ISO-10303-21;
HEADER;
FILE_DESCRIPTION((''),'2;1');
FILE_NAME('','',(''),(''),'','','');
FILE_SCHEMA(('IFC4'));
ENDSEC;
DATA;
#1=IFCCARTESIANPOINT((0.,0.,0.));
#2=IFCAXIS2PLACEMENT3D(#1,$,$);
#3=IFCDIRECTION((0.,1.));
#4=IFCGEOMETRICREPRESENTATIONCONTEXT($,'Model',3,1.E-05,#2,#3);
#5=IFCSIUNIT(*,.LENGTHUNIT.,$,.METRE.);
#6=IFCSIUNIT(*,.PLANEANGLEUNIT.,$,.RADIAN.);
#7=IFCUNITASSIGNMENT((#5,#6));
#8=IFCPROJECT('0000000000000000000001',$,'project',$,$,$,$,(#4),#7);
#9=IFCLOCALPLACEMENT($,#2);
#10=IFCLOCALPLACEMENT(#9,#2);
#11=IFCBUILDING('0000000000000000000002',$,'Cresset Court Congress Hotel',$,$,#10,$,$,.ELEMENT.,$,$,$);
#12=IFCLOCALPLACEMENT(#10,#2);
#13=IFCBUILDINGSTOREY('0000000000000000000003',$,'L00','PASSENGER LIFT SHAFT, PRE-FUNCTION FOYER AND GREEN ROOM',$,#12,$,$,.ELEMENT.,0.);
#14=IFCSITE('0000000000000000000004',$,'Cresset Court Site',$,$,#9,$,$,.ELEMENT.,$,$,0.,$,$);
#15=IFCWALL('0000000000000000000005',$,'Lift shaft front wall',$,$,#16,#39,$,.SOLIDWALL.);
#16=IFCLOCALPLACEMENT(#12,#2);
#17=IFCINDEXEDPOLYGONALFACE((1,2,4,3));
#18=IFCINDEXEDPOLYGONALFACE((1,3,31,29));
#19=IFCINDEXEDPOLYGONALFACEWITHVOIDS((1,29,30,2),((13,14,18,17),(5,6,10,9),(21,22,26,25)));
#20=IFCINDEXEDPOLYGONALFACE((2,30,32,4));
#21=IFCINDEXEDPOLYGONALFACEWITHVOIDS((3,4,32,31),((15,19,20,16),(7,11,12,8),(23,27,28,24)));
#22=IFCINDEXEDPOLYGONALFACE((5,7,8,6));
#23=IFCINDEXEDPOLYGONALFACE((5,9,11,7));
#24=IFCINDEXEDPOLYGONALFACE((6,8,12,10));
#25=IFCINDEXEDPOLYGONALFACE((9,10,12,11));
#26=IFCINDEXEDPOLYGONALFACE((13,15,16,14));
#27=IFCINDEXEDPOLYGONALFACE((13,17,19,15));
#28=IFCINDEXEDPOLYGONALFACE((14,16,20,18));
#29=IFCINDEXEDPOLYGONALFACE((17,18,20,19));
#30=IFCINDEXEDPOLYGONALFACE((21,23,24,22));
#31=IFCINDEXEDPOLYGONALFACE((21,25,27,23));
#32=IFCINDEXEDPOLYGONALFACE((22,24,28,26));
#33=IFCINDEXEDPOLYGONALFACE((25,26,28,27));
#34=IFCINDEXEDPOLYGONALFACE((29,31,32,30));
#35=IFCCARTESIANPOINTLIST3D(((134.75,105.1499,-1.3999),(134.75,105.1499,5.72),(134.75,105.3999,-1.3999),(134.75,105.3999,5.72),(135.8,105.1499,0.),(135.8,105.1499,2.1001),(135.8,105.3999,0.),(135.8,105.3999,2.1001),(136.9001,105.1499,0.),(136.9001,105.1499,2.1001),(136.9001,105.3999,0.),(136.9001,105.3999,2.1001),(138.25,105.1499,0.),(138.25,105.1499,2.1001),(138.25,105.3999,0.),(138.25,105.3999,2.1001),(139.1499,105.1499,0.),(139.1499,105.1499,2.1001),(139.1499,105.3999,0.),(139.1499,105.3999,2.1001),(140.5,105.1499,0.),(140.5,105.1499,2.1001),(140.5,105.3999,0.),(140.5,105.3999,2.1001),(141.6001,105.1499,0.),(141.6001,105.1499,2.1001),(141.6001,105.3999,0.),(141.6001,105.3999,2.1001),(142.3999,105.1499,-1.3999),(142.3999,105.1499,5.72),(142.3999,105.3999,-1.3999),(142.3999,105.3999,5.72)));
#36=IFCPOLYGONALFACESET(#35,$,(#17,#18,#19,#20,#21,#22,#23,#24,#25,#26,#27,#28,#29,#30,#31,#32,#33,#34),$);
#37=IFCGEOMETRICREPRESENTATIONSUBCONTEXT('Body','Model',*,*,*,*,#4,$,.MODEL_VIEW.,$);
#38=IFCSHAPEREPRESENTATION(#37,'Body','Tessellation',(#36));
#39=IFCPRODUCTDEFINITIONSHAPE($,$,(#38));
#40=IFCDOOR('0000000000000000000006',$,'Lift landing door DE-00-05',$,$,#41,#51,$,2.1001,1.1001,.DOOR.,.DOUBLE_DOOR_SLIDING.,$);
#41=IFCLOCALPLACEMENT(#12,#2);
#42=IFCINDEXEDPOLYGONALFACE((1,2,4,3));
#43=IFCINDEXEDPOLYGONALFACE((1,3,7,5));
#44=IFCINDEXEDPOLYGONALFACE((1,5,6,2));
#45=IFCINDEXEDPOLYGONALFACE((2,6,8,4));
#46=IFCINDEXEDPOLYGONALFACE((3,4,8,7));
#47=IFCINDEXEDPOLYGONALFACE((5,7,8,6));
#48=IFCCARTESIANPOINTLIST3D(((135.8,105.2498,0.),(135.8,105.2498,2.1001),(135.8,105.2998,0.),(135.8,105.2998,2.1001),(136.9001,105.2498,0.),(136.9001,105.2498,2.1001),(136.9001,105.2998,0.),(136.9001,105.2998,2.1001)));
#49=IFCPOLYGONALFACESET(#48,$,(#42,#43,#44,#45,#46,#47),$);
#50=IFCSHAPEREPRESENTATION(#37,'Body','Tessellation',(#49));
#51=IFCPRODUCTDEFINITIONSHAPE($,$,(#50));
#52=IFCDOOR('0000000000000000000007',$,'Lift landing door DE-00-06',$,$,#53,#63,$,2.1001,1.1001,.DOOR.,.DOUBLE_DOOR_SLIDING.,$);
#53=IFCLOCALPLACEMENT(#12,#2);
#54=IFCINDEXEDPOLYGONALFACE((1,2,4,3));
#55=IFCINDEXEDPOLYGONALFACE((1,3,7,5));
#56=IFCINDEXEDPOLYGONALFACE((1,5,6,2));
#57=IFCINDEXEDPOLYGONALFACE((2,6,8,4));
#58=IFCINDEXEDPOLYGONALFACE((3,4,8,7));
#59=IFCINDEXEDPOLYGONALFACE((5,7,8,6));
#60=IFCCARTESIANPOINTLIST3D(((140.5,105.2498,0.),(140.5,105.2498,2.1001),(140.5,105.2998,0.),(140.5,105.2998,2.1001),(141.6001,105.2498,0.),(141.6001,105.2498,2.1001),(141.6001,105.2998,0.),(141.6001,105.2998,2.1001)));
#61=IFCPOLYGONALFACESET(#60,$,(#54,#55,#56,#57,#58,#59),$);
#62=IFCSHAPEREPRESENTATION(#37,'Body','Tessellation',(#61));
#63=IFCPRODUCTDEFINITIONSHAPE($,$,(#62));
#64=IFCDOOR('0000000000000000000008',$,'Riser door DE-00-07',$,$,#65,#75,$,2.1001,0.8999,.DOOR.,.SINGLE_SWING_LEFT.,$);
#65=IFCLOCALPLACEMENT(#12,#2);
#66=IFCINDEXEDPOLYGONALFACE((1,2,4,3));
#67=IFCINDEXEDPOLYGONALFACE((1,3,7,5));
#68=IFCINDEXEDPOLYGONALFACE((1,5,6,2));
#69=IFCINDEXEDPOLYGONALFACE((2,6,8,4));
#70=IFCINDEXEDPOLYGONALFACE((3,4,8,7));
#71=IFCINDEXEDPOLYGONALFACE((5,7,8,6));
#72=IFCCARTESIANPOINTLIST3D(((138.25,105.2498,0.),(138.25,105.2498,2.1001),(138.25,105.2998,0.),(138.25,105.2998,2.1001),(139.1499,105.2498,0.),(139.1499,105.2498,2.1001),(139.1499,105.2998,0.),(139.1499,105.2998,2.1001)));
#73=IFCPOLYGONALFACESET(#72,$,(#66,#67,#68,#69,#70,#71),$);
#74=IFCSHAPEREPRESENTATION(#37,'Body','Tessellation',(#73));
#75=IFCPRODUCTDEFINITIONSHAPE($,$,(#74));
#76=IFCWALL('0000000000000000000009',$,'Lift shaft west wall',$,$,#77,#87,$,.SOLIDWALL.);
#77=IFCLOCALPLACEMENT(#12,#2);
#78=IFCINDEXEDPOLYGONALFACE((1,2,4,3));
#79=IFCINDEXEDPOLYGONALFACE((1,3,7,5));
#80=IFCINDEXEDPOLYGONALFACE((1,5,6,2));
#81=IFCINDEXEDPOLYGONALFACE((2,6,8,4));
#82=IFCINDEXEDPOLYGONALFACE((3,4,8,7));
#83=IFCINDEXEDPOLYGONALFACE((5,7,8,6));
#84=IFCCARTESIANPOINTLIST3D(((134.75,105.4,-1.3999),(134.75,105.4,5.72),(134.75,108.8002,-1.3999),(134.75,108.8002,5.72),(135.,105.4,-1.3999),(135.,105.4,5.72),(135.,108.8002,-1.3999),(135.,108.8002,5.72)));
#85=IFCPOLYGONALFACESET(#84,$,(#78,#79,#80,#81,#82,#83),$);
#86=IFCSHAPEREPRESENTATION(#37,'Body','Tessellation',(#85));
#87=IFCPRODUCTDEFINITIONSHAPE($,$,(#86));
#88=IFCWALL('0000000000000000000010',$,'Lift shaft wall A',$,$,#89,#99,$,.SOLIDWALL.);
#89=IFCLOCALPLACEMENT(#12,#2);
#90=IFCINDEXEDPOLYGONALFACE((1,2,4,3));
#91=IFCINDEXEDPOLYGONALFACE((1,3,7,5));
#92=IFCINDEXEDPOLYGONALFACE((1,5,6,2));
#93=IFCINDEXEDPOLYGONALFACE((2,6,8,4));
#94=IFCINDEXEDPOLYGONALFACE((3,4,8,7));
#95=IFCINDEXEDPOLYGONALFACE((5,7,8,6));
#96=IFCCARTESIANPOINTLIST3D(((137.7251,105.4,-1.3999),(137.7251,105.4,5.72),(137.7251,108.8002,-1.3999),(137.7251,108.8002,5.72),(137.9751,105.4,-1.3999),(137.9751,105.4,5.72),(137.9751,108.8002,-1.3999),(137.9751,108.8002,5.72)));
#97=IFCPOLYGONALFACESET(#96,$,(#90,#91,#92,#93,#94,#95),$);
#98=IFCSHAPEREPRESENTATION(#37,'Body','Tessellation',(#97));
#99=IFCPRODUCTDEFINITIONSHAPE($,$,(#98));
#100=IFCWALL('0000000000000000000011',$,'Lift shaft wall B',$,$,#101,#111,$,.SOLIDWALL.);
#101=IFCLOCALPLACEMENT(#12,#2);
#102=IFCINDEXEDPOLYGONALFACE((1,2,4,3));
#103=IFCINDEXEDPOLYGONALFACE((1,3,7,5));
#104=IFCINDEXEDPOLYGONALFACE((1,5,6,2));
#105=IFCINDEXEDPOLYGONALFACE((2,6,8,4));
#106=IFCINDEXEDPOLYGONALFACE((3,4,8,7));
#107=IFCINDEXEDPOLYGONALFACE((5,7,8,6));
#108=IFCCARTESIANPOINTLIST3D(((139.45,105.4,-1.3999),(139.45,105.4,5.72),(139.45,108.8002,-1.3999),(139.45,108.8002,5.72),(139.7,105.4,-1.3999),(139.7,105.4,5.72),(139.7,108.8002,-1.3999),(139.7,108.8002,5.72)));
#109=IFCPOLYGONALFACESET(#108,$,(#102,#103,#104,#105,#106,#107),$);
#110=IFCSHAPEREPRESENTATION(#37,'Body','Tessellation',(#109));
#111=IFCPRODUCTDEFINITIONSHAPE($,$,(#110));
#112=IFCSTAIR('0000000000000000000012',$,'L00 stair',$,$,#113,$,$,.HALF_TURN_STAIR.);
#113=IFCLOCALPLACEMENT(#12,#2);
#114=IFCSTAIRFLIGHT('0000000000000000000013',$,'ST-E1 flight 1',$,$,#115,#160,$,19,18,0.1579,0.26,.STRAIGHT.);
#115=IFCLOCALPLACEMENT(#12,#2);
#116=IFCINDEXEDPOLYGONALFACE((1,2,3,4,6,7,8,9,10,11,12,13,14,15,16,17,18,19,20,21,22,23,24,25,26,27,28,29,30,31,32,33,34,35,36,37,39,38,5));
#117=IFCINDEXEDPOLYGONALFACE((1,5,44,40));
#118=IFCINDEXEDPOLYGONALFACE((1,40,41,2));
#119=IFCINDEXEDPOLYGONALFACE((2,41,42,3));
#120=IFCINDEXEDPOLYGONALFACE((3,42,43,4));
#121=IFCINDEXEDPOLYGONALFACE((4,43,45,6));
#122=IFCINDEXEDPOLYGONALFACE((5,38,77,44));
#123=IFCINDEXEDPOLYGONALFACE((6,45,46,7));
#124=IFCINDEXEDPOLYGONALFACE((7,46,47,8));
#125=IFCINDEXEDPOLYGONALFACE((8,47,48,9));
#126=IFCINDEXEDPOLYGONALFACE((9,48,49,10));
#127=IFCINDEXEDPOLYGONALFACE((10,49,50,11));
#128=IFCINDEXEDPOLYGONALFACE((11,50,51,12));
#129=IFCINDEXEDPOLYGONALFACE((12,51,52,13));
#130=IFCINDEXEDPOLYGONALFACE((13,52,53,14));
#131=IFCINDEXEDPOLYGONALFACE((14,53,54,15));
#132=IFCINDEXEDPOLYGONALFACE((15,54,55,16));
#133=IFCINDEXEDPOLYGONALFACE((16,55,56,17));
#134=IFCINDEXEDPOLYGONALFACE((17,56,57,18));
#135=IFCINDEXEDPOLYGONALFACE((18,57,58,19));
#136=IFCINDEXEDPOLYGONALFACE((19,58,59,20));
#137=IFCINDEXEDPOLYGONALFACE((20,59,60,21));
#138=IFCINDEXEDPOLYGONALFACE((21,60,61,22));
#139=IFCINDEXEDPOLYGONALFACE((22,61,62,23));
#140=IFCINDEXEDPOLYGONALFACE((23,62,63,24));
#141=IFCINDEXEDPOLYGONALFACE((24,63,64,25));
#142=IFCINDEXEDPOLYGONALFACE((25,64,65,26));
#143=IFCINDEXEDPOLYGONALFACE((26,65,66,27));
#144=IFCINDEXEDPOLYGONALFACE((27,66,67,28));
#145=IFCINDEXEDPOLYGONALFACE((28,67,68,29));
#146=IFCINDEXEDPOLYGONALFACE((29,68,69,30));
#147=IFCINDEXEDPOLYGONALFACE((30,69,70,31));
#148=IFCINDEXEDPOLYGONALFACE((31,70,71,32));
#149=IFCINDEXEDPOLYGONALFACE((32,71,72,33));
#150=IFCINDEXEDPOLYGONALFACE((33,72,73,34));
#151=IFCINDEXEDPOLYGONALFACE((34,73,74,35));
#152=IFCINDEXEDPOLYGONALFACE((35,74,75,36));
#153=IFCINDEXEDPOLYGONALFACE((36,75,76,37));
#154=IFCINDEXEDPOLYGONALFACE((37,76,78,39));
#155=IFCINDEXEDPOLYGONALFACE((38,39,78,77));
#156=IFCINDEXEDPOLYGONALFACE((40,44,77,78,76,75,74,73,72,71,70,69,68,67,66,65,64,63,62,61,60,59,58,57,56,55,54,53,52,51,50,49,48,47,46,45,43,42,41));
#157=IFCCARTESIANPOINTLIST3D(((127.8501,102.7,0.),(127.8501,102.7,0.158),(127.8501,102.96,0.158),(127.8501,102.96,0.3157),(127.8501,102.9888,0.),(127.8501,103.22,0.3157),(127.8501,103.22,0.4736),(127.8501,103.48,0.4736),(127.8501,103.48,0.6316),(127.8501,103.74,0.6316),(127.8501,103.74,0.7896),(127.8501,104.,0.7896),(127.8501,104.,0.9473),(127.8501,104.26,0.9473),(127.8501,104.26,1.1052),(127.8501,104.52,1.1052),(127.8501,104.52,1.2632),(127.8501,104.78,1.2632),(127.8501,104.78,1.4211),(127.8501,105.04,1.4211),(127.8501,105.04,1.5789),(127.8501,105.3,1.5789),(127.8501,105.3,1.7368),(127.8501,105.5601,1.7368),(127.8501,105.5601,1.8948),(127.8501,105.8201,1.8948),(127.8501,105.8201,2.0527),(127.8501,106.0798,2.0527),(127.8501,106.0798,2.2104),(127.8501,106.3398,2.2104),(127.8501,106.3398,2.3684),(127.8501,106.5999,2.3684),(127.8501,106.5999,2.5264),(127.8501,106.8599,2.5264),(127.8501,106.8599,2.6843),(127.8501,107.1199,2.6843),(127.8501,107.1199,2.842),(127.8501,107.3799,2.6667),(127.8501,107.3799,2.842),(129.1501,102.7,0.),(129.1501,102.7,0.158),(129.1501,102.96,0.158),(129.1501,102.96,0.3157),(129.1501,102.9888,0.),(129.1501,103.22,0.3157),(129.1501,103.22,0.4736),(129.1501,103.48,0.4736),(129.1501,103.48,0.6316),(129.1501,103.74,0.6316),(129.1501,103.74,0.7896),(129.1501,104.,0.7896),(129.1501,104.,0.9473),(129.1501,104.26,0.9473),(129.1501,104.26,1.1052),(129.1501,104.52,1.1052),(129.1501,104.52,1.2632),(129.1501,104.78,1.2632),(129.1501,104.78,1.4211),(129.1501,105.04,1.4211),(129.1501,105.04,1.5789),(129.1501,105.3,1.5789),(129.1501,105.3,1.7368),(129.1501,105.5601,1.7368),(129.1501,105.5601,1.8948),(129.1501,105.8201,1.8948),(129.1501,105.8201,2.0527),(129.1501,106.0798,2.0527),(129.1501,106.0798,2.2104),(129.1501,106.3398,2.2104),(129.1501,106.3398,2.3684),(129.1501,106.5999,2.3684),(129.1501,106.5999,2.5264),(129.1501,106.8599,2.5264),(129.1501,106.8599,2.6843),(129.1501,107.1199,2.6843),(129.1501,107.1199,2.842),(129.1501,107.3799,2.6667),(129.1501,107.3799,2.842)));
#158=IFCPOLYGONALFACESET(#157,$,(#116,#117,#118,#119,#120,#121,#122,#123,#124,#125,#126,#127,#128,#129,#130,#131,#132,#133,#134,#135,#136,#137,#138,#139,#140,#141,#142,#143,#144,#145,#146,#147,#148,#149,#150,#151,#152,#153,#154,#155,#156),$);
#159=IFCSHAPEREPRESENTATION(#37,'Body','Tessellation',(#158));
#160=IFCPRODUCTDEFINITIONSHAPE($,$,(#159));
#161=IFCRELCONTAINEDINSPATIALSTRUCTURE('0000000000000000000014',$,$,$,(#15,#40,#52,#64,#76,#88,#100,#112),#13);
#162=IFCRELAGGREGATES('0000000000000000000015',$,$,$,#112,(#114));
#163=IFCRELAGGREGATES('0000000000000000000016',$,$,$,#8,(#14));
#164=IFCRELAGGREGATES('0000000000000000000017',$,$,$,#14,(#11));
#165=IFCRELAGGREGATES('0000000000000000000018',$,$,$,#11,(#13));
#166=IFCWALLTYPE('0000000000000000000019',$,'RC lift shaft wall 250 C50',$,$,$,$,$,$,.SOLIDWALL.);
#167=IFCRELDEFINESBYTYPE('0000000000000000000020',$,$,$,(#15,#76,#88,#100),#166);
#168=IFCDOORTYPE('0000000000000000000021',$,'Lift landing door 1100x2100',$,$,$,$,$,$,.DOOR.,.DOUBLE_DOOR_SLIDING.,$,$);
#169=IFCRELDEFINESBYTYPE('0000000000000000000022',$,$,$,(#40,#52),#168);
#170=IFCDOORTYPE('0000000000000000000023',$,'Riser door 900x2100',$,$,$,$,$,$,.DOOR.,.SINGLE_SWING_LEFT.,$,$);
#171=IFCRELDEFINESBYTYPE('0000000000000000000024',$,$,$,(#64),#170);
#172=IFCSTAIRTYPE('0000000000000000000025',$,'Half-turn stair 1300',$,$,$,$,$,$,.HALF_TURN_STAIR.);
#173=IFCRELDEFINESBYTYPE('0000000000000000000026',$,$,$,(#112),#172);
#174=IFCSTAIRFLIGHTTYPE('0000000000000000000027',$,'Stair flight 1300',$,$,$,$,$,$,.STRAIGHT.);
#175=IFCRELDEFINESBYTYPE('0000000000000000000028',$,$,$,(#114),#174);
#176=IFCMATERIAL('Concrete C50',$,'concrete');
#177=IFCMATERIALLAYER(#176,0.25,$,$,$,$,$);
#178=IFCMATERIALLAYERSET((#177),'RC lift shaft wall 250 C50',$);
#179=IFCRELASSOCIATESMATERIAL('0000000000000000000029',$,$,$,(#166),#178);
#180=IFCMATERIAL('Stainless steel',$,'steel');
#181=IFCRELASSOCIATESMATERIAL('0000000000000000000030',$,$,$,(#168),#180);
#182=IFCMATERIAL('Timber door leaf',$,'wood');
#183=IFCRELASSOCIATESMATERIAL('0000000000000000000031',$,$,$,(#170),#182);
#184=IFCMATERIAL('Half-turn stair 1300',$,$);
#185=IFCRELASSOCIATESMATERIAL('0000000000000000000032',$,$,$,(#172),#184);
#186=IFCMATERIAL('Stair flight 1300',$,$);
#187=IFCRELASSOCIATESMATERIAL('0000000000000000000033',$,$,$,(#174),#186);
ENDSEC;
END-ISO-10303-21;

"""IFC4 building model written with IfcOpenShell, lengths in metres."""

from ifc_helpers import new_model, si_unit, direction, frame, frame_2d, origin, place, context, subcontext, project, spatial, polyline, rectangle, outline, extrude, material, layer, layer_set, type_object, element, fill, aggregate, save


model = new_model("IFC4")

# Units and contexts
model_context = context("Model", 3, precision=1e-05, world=origin(), true_north=direction((0.0, 1.0)))
body_context = subcontext(model_context, "Body", "Model", "MODEL_VIEW")
ifc_project = project(units=[si_unit("LENGTHUNIT", "METRE"), si_unit("PLANEANGLEUNIT", "RADIAN")], contexts=[model_context])

# Site, building, storey
site_placement = place(None, origin())
site = spatial("IfcSite", under=ifc_project, at=site_placement, Name="Cresset Court Site", CompositionType="ELEMENT", RefElevation=0.0)
building_placement = place(site_placement, origin())
building = spatial("IfcBuilding", under=site, at=building_placement, Name="Cresset Court Congress Hotel", CompositionType="ELEMENT")
storey_placement = place(building_placement, origin())
storey = spatial("IfcBuildingStorey", under=building, at=storey_placement, Name="L00", Description="PASSENGER LIFT SHAFT, PRE-FUNCTION FOYER AND GREEN ROOM", CompositionType="ELEMENT", Elevation=0.0)

# Wall, openings, doors
ifc_material_1 = material(Name="Concrete C50", Category="concrete")
ifc_layer_1 = layer(ifc_material_1, 0.25)
ifc_layer_set_1 = layer_set([ifc_layer_1], Name="RC lift shaft wall 250 C50")
wall_type_1 = type_object("IfcWallType", Name="RC lift shaft wall 250 C50", PredefinedType="SOLIDWALL", material=ifc_layer_set_1)
wall_1_placement = place(storey_placement, frame((134.75, 105.2749, -1.3999), z_axis=(0.0, 0.0, 1.0), x_axis=(1.0, 0.0, 0.0)))
wall_1 = element("IfcWall", 1, at=wall_1_placement, inside=storey, type_object=wall_type_1, Name="Lift shaft front wall", PredefinedType="SOLIDWALL", context=body_context, shape_type="SweptSolid", body=[
    extrude(rectangle(XDim=7.6499, YDim=0.25, at=frame_2d((3.825, 0.0))), origin(), (0.0, 0.0, 1.0), 7.1199),
])
opening_1_placement = place(wall_1_placement, frame((1.05, 0.0, 1.3999)))
opening_1 = element("IfcOpeningElement", 2, at=opening_1_placement, cuts=wall_1, PredefinedType="OPENING", context=body_context, shape_type="SweptSolid", body=[
    extrude(rectangle(XDim=1.1001, YDim=2.1001, at=frame_2d((0.55, 1.05))), frame((0.0, 0.135, 0.0), z_axis=(0.0, -1.0, 0.0), x_axis=(1.0, 0.0, 0.0)), (0.0, 0.0, 1.0), 0.27),
])
opening_2_placement = place(wall_1_placement, frame((5.75, 0.0, 1.3999)))
opening_2 = element("IfcOpeningElement", 3, at=opening_2_placement, cuts=wall_1, PredefinedType="OPENING", context=body_context, shape_type="SweptSolid", body=[
    extrude(rectangle(XDim=1.1001, YDim=2.1001, at=frame_2d((0.55, 1.05))), frame((0.0, 0.135, 0.0), z_axis=(0.0, -1.0, 0.0), x_axis=(1.0, 0.0, 0.0)), (0.0, 0.0, 1.0), 0.27),
])
opening_3_placement = place(wall_1_placement, frame((3.5, 0.0, 1.3999)))
opening_3 = element("IfcOpeningElement", 4, at=opening_3_placement, cuts=wall_1, PredefinedType="OPENING", context=body_context, shape_type="SweptSolid", body=[
    extrude(rectangle(XDim=0.8999, YDim=2.1001, at=frame_2d((0.45, 1.05))), frame((0.0, 0.135, 0.0), z_axis=(0.0, -1.0, 0.0), x_axis=(1.0, 0.0, 0.0)), (0.0, 0.0, 1.0), 0.27),
])
ifc_material_2 = material(Name="Stainless steel", Category="steel")
door_type_1 = type_object("IfcDoorType", Name="Lift landing door 1100x2100", OperationType="DOUBLE_DOOR_SLIDING", PredefinedType="DOOR", material=ifc_material_2)
door_1_placement = place(opening_1_placement, origin())
door_1 = element("IfcDoor", 5, at=door_1_placement, inside=storey, type_object=door_type_1, Name="Lift landing door DE-00-05", OperationType="DOUBLE_DOOR_SLIDING", OverallHeight=2.1001, OverallWidth=1.1001, PredefinedType="DOOR", context=body_context, shape_type="SweptSolid", body=[
    extrude(rectangle(XDim=1.1001, YDim=2.1001, at=frame_2d((0.55, 1.05))), frame((0.0, 0.0249, 0.0), z_axis=(0.0, -1.0, 0.0), x_axis=(1.0, 0.0, 0.0)), (0.0, 0.0, 1.0), 0.05),
])
fill(opening_1, door_1)
door_2_placement = place(opening_2_placement, origin())
door_2 = element("IfcDoor", 6, at=door_2_placement, inside=storey, type_object=door_type_1, Name="Lift landing door DE-00-06", OperationType="DOUBLE_DOOR_SLIDING", OverallHeight=2.1001, OverallWidth=1.1001, PredefinedType="DOOR", context=body_context, shape_type="SweptSolid", body=[
    extrude(rectangle(XDim=1.1001, YDim=2.1001, at=frame_2d((0.55, 1.05))), frame((0.0, 0.0249, 0.0), z_axis=(0.0, -1.0, 0.0), x_axis=(1.0, 0.0, 0.0)), (0.0, 0.0, 1.0), 0.05),
])
fill(opening_2, door_2)
ifc_material_3 = material(Name="Timber door leaf", Category="wood")
door_type_2 = type_object("IfcDoorType", Name="Riser door 900x2100", OperationType="SINGLE_SWING_LEFT", PredefinedType="DOOR", material=ifc_material_3)
door_3_placement = place(opening_3_placement, origin())
door_3 = element("IfcDoor", 7, at=door_3_placement, inside=storey, type_object=door_type_2, Name="Riser door DE-00-07", OperationType="SINGLE_SWING_LEFT", OverallHeight=2.1001, OverallWidth=0.8999, PredefinedType="DOOR", context=body_context, shape_type="SweptSolid", body=[
    extrude(rectangle(XDim=0.8999, YDim=2.1001, at=frame_2d((0.45, 1.05))), frame((0.0, 0.0249, 0.0), z_axis=(0.0, -1.0, 0.0), x_axis=(1.0, 0.0, 0.0)), (0.0, 0.0, 1.0), 0.05),
])
fill(opening_3, door_3)

# Walls
for number, where, z_axis, x_axis, name in (
    (8, (134.875, 105.3999, -1.3999), (0.0, 0.0, 1.0), (0.0, 1.0, 0.0), "Lift shaft west wall"),
    (9, (137.8501, 105.3999, -1.3999), (0.0, 0.0, 1.0), (0.0, 1.0, 0.0), "Lift shaft wall A"),
    (10, (139.575, 105.3999, -1.3999), (0.0, 0.0, 1.0), (0.0, 1.0, 0.0), "Lift shaft wall B"),
):
    element("IfcWall", number, at=place(storey_placement, frame(where, z_axis=z_axis, x_axis=x_axis)), inside=storey, type_object=wall_type_1, Name=name, PredefinedType="SOLIDWALL", context=body_context, shape_type="SweptSolid", body=[
        extrude(rectangle(XDim=3.4001, YDim=0.25, at=frame_2d((1.7002, 0.0))), origin(), (0.0, 0.0, 1.0), 7.1199),
    ])

# Stair, stair flight
ifc_material_4 = material(Name="Half-turn stair 1300")
stair_type = type_object("IfcStairType", Name="Half-turn stair 1300", PredefinedType="HALF_TURN_STAIR", material=ifc_material_4)
stair_placement = place(storey_placement, origin())
stair = element("IfcStair", 11, at=stair_placement, inside=storey, type_object=stair_type, Name="L00 stair", PredefinedType="HALF_TURN_STAIR")
ifc_material_5 = material(Name="Stair flight 1300")
stair_flight_type = type_object("IfcStairFlightType", Name="Stair flight 1300", PredefinedType="STRAIGHT", material=ifc_material_5)
stair_flight_placement = place(storey_placement, frame((128.5, 102.7, 0.0), z_axis=(0.0, 0.0, 1.0), x_axis=(0.0, 1.0, 0.0)))
stair_flight = element("IfcStairFlight", 12, at=stair_flight_placement, type_object=stair_flight_type, Name="ST-E1 flight 1", NumberOfRisers=19, NumberOfTreads=18, PredefinedType="STRAIGHT", RiserHeight=0.1579, TreadLength=0.26, context=body_context, shape_type="SweptSolid", body=[
    extrude(outline(polyline([(0.0, 0.0), (0.0, 0.158), (0.26, 0.158), (0.26, 0.3157), (0.52, 0.3157), (0.52, 0.4736), (0.78, 0.4736), (0.78, 0.6316), (1.04, 0.6316), (1.04, 0.7896), (1.3, 0.7896), (1.3, 0.9473), (1.5601, 0.9473), (1.5601, 1.1052), (1.8201, 1.1052), (1.8201, 1.2632), (2.0801, 1.2632), (2.0801, 1.4211), (2.3401, 1.4211), (2.3401, 1.5789), (2.6001, 1.5789), (2.6001, 1.7368), (2.8601, 1.7368), (2.8601, 1.8948), (3.1201, 1.8948), (3.1201, 2.0527), (3.3799, 2.0527), (3.3799, 2.2104), (3.6399, 2.2104), (3.6399, 2.3684), (3.8999, 2.3684), (3.8999, 2.5264), (4.1599, 2.5264), (4.1599, 2.6843), (4.4199, 2.6843), (4.4199, 2.842), (4.6799, 2.842), (4.6799, 3.0), (4.6799, 2.6667), (0.2888, 0.0), (0.0, 0.0)])), frame((0.0, 0.6499, 0.0), z_axis=(0.0, -1.0, 0.0), x_axis=(1.0, 0.0, 0.0)), (0.0, 0.0, 1.0), 1.3),
])
aggregate(stair, [stair_flight])

save(model, "model.ifc")
